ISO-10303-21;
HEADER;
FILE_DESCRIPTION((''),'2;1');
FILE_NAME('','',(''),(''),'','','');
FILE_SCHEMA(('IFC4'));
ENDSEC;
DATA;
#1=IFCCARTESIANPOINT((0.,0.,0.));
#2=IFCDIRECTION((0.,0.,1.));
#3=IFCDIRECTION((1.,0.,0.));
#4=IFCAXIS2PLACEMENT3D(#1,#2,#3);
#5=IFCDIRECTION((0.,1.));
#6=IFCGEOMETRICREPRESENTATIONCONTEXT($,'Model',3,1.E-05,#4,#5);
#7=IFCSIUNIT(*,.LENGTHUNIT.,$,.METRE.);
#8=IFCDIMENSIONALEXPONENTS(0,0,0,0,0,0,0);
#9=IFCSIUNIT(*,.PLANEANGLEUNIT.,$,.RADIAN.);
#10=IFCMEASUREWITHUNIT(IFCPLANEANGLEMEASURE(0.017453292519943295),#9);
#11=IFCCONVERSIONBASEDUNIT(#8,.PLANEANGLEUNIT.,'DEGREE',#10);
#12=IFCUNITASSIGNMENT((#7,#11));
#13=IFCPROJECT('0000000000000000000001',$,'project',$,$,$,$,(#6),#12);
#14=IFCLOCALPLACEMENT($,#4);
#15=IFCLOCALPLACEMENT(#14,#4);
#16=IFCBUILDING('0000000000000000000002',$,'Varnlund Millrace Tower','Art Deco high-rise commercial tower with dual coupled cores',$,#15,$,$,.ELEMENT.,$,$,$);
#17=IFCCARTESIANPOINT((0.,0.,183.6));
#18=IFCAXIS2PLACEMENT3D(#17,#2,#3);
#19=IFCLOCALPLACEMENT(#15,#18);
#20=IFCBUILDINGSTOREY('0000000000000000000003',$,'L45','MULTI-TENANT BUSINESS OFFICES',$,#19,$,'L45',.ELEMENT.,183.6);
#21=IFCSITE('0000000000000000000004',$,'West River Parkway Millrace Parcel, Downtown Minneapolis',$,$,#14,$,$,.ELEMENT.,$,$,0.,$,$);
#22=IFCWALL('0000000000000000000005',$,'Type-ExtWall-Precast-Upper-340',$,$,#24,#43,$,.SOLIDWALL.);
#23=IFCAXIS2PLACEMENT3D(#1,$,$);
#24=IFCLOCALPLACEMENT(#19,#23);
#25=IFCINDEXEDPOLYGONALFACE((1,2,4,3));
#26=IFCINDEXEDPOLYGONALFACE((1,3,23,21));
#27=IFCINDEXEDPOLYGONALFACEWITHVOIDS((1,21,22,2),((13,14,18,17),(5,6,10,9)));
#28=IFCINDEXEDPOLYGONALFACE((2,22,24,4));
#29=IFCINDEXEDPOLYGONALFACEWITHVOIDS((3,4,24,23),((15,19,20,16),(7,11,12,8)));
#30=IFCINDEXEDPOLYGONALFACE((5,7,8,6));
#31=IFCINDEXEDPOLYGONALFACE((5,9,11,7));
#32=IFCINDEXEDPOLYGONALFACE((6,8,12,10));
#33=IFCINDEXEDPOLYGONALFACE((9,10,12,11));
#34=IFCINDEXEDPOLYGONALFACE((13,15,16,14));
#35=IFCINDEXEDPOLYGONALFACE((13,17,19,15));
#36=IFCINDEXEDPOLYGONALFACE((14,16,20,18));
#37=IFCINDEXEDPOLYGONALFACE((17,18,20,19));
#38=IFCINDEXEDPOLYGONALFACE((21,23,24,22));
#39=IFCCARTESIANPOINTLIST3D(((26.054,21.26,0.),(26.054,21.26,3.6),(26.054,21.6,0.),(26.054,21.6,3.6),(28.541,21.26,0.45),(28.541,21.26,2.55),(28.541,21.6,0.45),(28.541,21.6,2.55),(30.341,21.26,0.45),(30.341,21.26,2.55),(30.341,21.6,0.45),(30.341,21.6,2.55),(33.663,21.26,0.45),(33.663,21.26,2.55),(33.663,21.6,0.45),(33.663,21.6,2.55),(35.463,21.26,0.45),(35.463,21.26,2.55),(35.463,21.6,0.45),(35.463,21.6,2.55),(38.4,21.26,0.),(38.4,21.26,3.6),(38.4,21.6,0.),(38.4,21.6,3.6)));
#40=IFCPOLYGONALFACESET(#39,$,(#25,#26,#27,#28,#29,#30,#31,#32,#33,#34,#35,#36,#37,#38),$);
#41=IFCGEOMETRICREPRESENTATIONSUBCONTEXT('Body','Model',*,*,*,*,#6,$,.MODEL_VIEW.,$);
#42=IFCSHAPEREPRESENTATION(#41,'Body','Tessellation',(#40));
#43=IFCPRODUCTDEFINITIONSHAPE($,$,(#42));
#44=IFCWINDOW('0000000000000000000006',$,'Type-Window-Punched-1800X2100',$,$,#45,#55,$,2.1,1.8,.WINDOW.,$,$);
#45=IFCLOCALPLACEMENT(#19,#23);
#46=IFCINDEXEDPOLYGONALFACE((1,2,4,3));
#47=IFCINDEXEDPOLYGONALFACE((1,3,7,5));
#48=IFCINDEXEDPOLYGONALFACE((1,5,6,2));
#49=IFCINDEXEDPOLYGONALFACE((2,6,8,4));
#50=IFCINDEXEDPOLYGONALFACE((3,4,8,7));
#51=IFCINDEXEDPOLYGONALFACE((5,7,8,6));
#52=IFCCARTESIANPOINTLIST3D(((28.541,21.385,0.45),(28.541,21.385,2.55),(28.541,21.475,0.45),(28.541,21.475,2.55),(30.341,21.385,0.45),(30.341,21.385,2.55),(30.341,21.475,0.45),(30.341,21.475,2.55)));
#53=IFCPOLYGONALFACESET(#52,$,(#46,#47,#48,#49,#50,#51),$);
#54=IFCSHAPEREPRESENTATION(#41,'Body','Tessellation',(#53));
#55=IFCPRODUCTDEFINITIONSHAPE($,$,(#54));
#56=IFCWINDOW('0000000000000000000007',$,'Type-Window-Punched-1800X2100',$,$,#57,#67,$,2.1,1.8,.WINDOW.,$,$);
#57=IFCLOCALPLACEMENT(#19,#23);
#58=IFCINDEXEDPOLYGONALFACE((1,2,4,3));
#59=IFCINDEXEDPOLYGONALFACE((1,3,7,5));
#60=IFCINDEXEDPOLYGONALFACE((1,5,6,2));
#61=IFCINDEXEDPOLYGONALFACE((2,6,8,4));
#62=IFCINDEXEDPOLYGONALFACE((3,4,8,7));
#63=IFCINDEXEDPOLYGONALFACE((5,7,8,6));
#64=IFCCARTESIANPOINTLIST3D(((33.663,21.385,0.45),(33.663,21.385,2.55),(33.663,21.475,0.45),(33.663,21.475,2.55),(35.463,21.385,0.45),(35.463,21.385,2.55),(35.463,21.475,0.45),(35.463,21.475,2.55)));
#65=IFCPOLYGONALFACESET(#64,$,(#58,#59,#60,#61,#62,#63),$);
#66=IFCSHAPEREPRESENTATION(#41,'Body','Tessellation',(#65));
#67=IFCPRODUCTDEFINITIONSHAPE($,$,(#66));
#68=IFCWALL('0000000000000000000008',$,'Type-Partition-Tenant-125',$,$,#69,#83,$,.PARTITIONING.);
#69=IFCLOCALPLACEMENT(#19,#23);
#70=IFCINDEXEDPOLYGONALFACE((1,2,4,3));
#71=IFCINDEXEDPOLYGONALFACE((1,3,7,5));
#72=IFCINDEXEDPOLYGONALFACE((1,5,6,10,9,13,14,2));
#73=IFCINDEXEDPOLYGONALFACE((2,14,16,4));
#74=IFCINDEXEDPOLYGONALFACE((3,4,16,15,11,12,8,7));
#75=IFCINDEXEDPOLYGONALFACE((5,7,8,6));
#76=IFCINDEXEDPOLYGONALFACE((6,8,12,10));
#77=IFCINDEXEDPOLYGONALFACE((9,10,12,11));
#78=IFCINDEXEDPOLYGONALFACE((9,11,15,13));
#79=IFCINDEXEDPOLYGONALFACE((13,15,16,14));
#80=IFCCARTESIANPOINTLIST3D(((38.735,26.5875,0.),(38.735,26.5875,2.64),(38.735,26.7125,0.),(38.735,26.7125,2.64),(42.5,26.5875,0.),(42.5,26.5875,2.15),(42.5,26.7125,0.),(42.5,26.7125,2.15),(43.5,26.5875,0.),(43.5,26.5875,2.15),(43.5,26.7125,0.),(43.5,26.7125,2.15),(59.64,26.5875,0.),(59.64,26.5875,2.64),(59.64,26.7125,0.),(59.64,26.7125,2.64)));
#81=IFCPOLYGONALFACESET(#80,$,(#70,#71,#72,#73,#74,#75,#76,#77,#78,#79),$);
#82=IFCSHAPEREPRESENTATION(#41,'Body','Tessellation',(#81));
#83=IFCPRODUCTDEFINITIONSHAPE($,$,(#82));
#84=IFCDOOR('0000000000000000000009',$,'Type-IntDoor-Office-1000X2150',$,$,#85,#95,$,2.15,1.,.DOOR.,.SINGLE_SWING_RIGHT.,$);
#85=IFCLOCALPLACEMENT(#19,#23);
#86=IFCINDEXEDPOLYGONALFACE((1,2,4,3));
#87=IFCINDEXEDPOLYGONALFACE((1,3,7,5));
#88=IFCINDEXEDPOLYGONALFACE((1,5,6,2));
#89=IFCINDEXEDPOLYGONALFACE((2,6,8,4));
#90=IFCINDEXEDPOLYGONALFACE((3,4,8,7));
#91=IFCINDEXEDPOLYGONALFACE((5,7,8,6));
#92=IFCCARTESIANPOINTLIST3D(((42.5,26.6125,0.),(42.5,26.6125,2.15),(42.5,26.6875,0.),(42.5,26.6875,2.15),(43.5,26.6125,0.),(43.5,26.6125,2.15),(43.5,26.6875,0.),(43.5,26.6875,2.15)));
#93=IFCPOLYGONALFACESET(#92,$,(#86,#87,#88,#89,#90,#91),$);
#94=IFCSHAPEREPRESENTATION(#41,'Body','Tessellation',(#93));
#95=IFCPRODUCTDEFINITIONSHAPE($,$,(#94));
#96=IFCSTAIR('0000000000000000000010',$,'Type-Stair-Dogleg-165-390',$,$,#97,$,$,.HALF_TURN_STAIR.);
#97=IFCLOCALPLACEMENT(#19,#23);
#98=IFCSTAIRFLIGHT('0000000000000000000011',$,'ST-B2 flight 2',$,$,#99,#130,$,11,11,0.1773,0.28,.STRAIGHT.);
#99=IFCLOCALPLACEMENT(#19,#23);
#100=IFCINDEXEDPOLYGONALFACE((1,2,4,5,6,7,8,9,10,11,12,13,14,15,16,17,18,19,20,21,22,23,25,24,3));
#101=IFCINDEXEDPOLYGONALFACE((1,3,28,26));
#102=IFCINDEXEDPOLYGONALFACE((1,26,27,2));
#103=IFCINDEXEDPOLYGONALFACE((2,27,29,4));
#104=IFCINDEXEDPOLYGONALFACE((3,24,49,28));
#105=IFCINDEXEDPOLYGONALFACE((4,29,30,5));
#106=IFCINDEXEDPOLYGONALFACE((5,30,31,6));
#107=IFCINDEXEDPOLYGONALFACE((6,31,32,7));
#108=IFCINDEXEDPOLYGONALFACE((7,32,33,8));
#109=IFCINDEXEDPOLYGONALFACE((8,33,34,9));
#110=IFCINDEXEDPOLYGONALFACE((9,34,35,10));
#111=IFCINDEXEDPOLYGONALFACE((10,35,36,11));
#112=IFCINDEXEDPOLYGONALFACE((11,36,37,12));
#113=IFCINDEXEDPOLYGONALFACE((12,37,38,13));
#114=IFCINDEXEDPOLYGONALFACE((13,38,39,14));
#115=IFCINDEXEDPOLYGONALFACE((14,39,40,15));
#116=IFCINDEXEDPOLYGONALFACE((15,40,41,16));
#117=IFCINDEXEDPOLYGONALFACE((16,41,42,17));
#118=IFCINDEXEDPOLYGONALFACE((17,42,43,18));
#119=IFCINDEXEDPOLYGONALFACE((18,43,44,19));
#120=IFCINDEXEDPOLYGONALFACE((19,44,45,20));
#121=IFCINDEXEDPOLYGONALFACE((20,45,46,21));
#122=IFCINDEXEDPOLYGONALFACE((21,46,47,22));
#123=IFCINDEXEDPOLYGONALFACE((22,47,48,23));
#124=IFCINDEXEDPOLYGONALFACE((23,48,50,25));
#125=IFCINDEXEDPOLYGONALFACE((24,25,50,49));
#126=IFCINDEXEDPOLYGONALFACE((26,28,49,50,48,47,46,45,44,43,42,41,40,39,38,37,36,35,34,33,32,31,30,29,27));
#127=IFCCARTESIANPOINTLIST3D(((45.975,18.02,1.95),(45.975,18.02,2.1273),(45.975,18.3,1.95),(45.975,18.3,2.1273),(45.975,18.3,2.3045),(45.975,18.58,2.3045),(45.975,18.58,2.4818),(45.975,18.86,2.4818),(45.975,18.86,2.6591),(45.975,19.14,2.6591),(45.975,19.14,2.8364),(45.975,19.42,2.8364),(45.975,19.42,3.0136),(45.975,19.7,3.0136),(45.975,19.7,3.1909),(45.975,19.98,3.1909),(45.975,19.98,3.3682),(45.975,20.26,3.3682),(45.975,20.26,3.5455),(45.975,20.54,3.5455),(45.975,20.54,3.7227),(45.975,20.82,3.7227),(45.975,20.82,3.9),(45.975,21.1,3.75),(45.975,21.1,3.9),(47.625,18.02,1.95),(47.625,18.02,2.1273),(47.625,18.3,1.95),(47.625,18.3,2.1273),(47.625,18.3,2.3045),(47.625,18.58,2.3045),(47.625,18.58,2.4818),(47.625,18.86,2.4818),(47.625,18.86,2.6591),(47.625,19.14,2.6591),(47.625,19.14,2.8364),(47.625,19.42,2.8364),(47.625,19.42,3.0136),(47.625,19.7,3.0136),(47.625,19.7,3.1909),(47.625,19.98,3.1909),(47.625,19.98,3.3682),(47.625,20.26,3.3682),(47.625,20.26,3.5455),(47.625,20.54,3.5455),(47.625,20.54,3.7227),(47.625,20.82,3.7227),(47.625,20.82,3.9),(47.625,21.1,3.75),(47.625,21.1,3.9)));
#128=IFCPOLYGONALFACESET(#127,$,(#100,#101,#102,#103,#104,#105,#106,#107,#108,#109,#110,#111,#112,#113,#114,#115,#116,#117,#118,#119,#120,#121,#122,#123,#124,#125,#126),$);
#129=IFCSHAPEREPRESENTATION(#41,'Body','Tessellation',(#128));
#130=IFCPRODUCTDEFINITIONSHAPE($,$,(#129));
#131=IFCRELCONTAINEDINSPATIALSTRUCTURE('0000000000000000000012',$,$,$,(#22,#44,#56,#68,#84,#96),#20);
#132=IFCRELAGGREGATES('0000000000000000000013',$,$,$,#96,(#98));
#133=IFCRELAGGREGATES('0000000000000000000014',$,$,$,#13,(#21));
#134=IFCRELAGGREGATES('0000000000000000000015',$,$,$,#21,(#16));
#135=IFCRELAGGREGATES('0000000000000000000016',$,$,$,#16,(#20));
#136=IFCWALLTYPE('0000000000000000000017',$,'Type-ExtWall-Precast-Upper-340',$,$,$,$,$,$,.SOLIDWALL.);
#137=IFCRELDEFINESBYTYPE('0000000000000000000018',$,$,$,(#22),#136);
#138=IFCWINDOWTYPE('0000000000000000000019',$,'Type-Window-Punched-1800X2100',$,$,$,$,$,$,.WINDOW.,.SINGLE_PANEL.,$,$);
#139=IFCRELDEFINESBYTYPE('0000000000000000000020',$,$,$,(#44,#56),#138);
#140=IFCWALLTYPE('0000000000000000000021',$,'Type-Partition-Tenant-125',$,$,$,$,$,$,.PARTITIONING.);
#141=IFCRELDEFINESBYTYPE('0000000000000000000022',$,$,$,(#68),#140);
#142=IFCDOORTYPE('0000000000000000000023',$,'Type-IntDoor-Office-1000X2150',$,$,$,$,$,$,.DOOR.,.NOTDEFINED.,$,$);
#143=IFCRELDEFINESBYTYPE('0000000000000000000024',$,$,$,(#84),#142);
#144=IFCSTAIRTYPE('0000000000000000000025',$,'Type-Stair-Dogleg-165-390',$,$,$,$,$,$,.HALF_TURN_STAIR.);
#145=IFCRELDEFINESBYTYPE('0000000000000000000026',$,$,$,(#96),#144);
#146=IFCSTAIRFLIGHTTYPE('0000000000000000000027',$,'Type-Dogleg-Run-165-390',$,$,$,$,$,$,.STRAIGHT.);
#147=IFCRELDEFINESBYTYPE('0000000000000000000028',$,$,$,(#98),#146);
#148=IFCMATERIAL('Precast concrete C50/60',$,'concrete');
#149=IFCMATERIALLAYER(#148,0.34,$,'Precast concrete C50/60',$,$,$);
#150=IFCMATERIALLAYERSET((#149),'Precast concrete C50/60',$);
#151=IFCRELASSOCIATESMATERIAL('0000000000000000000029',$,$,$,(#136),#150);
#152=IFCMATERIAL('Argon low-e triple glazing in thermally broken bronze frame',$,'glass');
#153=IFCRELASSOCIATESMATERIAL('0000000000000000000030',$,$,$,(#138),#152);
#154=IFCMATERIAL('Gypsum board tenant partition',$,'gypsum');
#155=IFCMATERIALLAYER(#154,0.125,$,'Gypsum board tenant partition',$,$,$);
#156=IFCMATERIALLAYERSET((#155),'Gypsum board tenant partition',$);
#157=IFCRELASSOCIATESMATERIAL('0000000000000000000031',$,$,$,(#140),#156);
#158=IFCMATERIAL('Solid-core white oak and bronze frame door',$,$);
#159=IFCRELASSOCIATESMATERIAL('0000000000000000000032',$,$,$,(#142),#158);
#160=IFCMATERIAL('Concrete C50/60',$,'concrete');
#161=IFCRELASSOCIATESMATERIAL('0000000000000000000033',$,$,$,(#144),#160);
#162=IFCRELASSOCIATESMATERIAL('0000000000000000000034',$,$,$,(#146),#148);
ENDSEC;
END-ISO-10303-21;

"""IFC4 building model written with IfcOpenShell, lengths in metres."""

from ifc_helpers import new_model, entity, si_unit, converted_unit, direction, frame, origin_with_axes, origin_2d_with_axis, place, context, subcontext, project, spatial, polyline, rectangle, outline, extrude, material, layer, layer_set, type_object, element, fill, aggregate, save


model = new_model("IFC4")

# Units and contexts
model_context = context("Model", 3, precision=1e-05, world=origin_with_axes(), true_north=direction((0.0, 1.0)))
body_context = subcontext(model_context, "Body", "Model", "MODEL_VIEW")
ifc_project = project(units=[si_unit("LENGTHUNIT", "METRE"), converted_unit("PLANEANGLEUNIT", "DEGREE", entity("IfcPlaneAngleMeasure", 0.017453292519943295), si_unit("PLANEANGLEUNIT", "RADIAN"), dimensions=[0, 0, 0, 0, 0, 0, 0])], contexts=[model_context])

# Site, building, storey
site_placement = place(None, origin_with_axes())
site = spatial("IfcSite", under=ifc_project, at=site_placement, Name="West River Parkway Millrace Parcel, Downtown Minneapolis", CompositionType="ELEMENT", RefElevation=0.0)
building_placement = place(site_placement, origin_with_axes())
building = spatial("IfcBuilding", under=site, at=building_placement, Name="Varnlund Millrace Tower", Description="Art Deco high-rise commercial tower with dual coupled cores", CompositionType="ELEMENT")
storey_placement = place(building_placement, frame((0.0, 0.0, 183.6), z_axis=(0.0, 0.0, 1.0), x_axis=(1.0, 0.0, 0.0)))
storey = spatial("IfcBuildingStorey", under=building, at=storey_placement, Name="L45", Description="MULTI-TENANT BUSINESS OFFICES", LongName="L45", CompositionType="ELEMENT", Elevation=183.6)

# Shared definitions
ifc_material_1 = material(Name="Precast concrete C50/60", Category="concrete")
ifc_layer_1 = layer(ifc_material_1, 0.34, Name="Precast concrete C50/60")
ifc_layer_set_1 = layer_set([ifc_layer_1], Name="Precast concrete C50/60")
wall_type_1 = type_object("IfcWallType", Name="Type-ExtWall-Precast-Upper-340", PredefinedType="SOLIDWALL", material=ifc_layer_set_1)

# Shared definitions
ifc_material_2 = material(Name="Argon low-e triple glazing in thermally broken bronze frame", Category="glass")
window_type_1 = type_object("IfcWindowType", Name="Type-Window-Punched-1800X2100", PartitioningType="SINGLE_PANEL", PredefinedType="WINDOW", material=ifc_material_2)

# Wall, openings, windows
wall_1_placement = place(storey_placement, frame((26.054, 21.43, 0.0), z_axis=(0.0, 0.0, 1.0), x_axis=(1.0, 0.0, 0.0)))
wall_1 = element("IfcWall", 1, at=wall_1_placement, inside=storey, type_object=wall_type_1, Name="Type-ExtWall-Precast-Upper-340", PredefinedType="SOLIDWALL", context=body_context, shape_type="SweptSolid", body=[
    extrude(outline(polyline([(0.0, -0.17), (12.346, -0.17), (12.346, 0.17), (0.0, 0.17), (0.0, -0.17)])), origin_with_axes(), (0.0, 0.0, 1.0), 3.6),
])
opening_1_placement = place(wall_1_placement, frame((3.387, 0.0, 0.45), z_axis=(0.0, 0.0, 1.0), x_axis=(1.0, 0.0, 0.0)))
opening_1 = element("IfcOpeningElement", 2, at=opening_1_placement, cuts=wall_1, PredefinedType="OPENING", context=body_context, shape_type="SweptSolid", body=[
    extrude(rectangle(XDim=1.8, YDim=0.36, at=origin_2d_with_axis()), origin_with_axes(), (0.0, 0.0, 1.0), 2.1),
])
opening_2_placement = place(wall_1_placement, frame((8.509, 0.0, 0.45), z_axis=(0.0, 0.0, 1.0), x_axis=(1.0, 0.0, 0.0)))
opening_2 = element("IfcOpeningElement", 3, at=opening_2_placement, cuts=wall_1, PredefinedType="OPENING", context=body_context, shape_type="SweptSolid", body=[
    extrude(rectangle(XDim=1.8, YDim=0.36, at=origin_2d_with_axis()), origin_with_axes(), (0.0, 0.0, 1.0), 2.1),
])
window_1_placement = place(wall_1_placement, frame((3.387, 0.0, 0.45), z_axis=(0.0, 0.0, 1.0), x_axis=(1.0, 0.0, 0.0)))
window_1 = element("IfcWindow", 4, at=window_1_placement, inside=storey, type_object=window_type_1, Name="Type-Window-Punched-1800X2100", OverallHeight=2.1, OverallWidth=1.8, PredefinedType="WINDOW", context=body_context, shape_type="SweptSolid", body=[
    extrude(rectangle(XDim=1.8, YDim=0.09, at=origin_2d_with_axis()), origin_with_axes(), (0.0, 0.0, 1.0), 2.1),
])
fill(opening_1, window_1)
window_2_placement = place(wall_1_placement, frame((8.509, 0.0, 0.45), z_axis=(0.0, 0.0, 1.0), x_axis=(1.0, 0.0, 0.0)))
window_2 = element("IfcWindow", 5, at=window_2_placement, inside=storey, type_object=window_type_1, Name="Type-Window-Punched-1800X2100", OverallHeight=2.1, OverallWidth=1.8, PredefinedType="WINDOW", context=body_context, shape_type="SweptSolid", body=[
    extrude(rectangle(XDim=1.8, YDim=0.09, at=origin_2d_with_axis()), origin_with_axes(), (0.0, 0.0, 1.0), 2.1),
])
fill(opening_2, window_2)

# Wall, opening, door
ifc_material_3 = material(Name="Gypsum board tenant partition", Category="gypsum")
ifc_layer_2 = layer(ifc_material_3, 0.125, Name="Gypsum board tenant partition")
ifc_layer_set_2 = layer_set([ifc_layer_2], Name="Gypsum board tenant partition")
wall_type_2 = type_object("IfcWallType", Name="Type-Partition-Tenant-125", PredefinedType="PARTITIONING", material=ifc_layer_set_2)
wall_2_placement = place(storey_placement, frame((38.735, 26.65, 0.0), z_axis=(0.0, 0.0, 1.0), x_axis=(1.0, 0.0, 0.0)))
wall_2 = element("IfcWall", 6, at=wall_2_placement, inside=storey, type_object=wall_type_2, Name="Type-Partition-Tenant-125", PredefinedType="PARTITIONING", context=body_context, shape_type="SweptSolid", body=[
    extrude(outline(polyline([(0.0, -0.0625), (20.905, -0.0625), (20.905, 0.0625), (0.0, 0.0625), (0.0, -0.0625)])), origin_with_axes(), (0.0, 0.0, 1.0), 2.64),
])
opening_3_placement = place(wall_2_placement, frame((4.265, 0.0, 0.0), z_axis=(0.0, 0.0, 1.0), x_axis=(1.0, 0.0, 0.0)))
opening_3 = element("IfcOpeningElement", 7, at=opening_3_placement, cuts=wall_2, PredefinedType="OPENING", context=body_context, shape_type="SweptSolid", body=[
    extrude(rectangle(XDim=1.0, YDim=0.145, at=origin_2d_with_axis()), origin_with_axes(), (0.0, 0.0, 1.0), 2.15),
])
ifc_material_4 = material(Name="Solid-core white oak and bronze frame door")
door_type = type_object("IfcDoorType", Name="Type-IntDoor-Office-1000X2150", OperationType="NOTDEFINED", PredefinedType="DOOR", material=ifc_material_4)
door_placement = place(wall_2_placement, frame((4.265, 0.0, 0.0), z_axis=(0.0, 0.0, 1.0), x_axis=(1.0, 0.0, 0.0)))
door = element("IfcDoor", 8, at=door_placement, inside=storey, type_object=door_type, Name="Type-IntDoor-Office-1000X2150", OperationType="SINGLE_SWING_RIGHT", OverallHeight=2.15, OverallWidth=1.0, PredefinedType="DOOR", context=body_context, shape_type="SweptSolid", body=[
    extrude(rectangle(XDim=1.0, YDim=0.075, at=origin_2d_with_axis()), origin_with_axes(), (0.0, 0.0, 1.0), 2.15),
])
fill(opening_3, door)

# Stair, stair flight
ifc_material_5 = material(Name="Concrete C50/60", Category="concrete")
stair_type = type_object("IfcStairType", Name="Type-Stair-Dogleg-165-390", PredefinedType="HALF_TURN_STAIR", material=ifc_material_5)
stair_placement = place(storey_placement, origin_with_axes())
stair = element("IfcStair", 9, at=stair_placement, inside=storey, type_object=stair_type, Name="Type-Stair-Dogleg-165-390", PredefinedType="HALF_TURN_STAIR")
stair_flight_type = type_object("IfcStairFlightType", Name="Type-Dogleg-Run-165-390", PredefinedType="STRAIGHT", material=ifc_material_1)
stair_flight_placement = place(storey_placement, frame((45.975, 18.02, 1.95), z_axis=(1.0, 0.0, 0.0), x_axis=(0.0, 1.0, 0.0)))
stair_flight = element("IfcStairFlight", 10, at=stair_flight_placement, type_object=stair_flight_type, Name="ST-B2 flight 2", NumberOfRisers=11, NumberOfTreads=11, PredefinedType="STRAIGHT", RiserHeight=0.1773, TreadLength=0.28, context=body_context, shape_type="SweptSolid", body=[
    extrude(outline(polyline([(0.0, 0.0), (0.0, 0.1773), (0.28, 0.1773), (0.28, 0.3545), (0.56, 0.3545), (0.56, 0.5318), (0.84, 0.5318), (0.84, 0.7091), (1.12, 0.7091), (1.12, 0.8864), (1.4, 0.8864), (1.4, 1.0636), (1.68, 1.0636), (1.68, 1.2409), (1.96, 1.2409), (1.96, 1.4182), (2.24, 1.4182), (2.24, 1.5955), (2.52, 1.5955), (2.52, 1.7727), (2.8, 1.7727), (2.8, 1.95), (3.08, 1.95), (3.08, 1.8), (0.28, 0.0), (0.0, 0.0)])), origin_with_axes(), (0.0, 0.0, 1.0), 1.65),
])
aggregate(stair, [stair_flight])

save(model, "model.ifc")
